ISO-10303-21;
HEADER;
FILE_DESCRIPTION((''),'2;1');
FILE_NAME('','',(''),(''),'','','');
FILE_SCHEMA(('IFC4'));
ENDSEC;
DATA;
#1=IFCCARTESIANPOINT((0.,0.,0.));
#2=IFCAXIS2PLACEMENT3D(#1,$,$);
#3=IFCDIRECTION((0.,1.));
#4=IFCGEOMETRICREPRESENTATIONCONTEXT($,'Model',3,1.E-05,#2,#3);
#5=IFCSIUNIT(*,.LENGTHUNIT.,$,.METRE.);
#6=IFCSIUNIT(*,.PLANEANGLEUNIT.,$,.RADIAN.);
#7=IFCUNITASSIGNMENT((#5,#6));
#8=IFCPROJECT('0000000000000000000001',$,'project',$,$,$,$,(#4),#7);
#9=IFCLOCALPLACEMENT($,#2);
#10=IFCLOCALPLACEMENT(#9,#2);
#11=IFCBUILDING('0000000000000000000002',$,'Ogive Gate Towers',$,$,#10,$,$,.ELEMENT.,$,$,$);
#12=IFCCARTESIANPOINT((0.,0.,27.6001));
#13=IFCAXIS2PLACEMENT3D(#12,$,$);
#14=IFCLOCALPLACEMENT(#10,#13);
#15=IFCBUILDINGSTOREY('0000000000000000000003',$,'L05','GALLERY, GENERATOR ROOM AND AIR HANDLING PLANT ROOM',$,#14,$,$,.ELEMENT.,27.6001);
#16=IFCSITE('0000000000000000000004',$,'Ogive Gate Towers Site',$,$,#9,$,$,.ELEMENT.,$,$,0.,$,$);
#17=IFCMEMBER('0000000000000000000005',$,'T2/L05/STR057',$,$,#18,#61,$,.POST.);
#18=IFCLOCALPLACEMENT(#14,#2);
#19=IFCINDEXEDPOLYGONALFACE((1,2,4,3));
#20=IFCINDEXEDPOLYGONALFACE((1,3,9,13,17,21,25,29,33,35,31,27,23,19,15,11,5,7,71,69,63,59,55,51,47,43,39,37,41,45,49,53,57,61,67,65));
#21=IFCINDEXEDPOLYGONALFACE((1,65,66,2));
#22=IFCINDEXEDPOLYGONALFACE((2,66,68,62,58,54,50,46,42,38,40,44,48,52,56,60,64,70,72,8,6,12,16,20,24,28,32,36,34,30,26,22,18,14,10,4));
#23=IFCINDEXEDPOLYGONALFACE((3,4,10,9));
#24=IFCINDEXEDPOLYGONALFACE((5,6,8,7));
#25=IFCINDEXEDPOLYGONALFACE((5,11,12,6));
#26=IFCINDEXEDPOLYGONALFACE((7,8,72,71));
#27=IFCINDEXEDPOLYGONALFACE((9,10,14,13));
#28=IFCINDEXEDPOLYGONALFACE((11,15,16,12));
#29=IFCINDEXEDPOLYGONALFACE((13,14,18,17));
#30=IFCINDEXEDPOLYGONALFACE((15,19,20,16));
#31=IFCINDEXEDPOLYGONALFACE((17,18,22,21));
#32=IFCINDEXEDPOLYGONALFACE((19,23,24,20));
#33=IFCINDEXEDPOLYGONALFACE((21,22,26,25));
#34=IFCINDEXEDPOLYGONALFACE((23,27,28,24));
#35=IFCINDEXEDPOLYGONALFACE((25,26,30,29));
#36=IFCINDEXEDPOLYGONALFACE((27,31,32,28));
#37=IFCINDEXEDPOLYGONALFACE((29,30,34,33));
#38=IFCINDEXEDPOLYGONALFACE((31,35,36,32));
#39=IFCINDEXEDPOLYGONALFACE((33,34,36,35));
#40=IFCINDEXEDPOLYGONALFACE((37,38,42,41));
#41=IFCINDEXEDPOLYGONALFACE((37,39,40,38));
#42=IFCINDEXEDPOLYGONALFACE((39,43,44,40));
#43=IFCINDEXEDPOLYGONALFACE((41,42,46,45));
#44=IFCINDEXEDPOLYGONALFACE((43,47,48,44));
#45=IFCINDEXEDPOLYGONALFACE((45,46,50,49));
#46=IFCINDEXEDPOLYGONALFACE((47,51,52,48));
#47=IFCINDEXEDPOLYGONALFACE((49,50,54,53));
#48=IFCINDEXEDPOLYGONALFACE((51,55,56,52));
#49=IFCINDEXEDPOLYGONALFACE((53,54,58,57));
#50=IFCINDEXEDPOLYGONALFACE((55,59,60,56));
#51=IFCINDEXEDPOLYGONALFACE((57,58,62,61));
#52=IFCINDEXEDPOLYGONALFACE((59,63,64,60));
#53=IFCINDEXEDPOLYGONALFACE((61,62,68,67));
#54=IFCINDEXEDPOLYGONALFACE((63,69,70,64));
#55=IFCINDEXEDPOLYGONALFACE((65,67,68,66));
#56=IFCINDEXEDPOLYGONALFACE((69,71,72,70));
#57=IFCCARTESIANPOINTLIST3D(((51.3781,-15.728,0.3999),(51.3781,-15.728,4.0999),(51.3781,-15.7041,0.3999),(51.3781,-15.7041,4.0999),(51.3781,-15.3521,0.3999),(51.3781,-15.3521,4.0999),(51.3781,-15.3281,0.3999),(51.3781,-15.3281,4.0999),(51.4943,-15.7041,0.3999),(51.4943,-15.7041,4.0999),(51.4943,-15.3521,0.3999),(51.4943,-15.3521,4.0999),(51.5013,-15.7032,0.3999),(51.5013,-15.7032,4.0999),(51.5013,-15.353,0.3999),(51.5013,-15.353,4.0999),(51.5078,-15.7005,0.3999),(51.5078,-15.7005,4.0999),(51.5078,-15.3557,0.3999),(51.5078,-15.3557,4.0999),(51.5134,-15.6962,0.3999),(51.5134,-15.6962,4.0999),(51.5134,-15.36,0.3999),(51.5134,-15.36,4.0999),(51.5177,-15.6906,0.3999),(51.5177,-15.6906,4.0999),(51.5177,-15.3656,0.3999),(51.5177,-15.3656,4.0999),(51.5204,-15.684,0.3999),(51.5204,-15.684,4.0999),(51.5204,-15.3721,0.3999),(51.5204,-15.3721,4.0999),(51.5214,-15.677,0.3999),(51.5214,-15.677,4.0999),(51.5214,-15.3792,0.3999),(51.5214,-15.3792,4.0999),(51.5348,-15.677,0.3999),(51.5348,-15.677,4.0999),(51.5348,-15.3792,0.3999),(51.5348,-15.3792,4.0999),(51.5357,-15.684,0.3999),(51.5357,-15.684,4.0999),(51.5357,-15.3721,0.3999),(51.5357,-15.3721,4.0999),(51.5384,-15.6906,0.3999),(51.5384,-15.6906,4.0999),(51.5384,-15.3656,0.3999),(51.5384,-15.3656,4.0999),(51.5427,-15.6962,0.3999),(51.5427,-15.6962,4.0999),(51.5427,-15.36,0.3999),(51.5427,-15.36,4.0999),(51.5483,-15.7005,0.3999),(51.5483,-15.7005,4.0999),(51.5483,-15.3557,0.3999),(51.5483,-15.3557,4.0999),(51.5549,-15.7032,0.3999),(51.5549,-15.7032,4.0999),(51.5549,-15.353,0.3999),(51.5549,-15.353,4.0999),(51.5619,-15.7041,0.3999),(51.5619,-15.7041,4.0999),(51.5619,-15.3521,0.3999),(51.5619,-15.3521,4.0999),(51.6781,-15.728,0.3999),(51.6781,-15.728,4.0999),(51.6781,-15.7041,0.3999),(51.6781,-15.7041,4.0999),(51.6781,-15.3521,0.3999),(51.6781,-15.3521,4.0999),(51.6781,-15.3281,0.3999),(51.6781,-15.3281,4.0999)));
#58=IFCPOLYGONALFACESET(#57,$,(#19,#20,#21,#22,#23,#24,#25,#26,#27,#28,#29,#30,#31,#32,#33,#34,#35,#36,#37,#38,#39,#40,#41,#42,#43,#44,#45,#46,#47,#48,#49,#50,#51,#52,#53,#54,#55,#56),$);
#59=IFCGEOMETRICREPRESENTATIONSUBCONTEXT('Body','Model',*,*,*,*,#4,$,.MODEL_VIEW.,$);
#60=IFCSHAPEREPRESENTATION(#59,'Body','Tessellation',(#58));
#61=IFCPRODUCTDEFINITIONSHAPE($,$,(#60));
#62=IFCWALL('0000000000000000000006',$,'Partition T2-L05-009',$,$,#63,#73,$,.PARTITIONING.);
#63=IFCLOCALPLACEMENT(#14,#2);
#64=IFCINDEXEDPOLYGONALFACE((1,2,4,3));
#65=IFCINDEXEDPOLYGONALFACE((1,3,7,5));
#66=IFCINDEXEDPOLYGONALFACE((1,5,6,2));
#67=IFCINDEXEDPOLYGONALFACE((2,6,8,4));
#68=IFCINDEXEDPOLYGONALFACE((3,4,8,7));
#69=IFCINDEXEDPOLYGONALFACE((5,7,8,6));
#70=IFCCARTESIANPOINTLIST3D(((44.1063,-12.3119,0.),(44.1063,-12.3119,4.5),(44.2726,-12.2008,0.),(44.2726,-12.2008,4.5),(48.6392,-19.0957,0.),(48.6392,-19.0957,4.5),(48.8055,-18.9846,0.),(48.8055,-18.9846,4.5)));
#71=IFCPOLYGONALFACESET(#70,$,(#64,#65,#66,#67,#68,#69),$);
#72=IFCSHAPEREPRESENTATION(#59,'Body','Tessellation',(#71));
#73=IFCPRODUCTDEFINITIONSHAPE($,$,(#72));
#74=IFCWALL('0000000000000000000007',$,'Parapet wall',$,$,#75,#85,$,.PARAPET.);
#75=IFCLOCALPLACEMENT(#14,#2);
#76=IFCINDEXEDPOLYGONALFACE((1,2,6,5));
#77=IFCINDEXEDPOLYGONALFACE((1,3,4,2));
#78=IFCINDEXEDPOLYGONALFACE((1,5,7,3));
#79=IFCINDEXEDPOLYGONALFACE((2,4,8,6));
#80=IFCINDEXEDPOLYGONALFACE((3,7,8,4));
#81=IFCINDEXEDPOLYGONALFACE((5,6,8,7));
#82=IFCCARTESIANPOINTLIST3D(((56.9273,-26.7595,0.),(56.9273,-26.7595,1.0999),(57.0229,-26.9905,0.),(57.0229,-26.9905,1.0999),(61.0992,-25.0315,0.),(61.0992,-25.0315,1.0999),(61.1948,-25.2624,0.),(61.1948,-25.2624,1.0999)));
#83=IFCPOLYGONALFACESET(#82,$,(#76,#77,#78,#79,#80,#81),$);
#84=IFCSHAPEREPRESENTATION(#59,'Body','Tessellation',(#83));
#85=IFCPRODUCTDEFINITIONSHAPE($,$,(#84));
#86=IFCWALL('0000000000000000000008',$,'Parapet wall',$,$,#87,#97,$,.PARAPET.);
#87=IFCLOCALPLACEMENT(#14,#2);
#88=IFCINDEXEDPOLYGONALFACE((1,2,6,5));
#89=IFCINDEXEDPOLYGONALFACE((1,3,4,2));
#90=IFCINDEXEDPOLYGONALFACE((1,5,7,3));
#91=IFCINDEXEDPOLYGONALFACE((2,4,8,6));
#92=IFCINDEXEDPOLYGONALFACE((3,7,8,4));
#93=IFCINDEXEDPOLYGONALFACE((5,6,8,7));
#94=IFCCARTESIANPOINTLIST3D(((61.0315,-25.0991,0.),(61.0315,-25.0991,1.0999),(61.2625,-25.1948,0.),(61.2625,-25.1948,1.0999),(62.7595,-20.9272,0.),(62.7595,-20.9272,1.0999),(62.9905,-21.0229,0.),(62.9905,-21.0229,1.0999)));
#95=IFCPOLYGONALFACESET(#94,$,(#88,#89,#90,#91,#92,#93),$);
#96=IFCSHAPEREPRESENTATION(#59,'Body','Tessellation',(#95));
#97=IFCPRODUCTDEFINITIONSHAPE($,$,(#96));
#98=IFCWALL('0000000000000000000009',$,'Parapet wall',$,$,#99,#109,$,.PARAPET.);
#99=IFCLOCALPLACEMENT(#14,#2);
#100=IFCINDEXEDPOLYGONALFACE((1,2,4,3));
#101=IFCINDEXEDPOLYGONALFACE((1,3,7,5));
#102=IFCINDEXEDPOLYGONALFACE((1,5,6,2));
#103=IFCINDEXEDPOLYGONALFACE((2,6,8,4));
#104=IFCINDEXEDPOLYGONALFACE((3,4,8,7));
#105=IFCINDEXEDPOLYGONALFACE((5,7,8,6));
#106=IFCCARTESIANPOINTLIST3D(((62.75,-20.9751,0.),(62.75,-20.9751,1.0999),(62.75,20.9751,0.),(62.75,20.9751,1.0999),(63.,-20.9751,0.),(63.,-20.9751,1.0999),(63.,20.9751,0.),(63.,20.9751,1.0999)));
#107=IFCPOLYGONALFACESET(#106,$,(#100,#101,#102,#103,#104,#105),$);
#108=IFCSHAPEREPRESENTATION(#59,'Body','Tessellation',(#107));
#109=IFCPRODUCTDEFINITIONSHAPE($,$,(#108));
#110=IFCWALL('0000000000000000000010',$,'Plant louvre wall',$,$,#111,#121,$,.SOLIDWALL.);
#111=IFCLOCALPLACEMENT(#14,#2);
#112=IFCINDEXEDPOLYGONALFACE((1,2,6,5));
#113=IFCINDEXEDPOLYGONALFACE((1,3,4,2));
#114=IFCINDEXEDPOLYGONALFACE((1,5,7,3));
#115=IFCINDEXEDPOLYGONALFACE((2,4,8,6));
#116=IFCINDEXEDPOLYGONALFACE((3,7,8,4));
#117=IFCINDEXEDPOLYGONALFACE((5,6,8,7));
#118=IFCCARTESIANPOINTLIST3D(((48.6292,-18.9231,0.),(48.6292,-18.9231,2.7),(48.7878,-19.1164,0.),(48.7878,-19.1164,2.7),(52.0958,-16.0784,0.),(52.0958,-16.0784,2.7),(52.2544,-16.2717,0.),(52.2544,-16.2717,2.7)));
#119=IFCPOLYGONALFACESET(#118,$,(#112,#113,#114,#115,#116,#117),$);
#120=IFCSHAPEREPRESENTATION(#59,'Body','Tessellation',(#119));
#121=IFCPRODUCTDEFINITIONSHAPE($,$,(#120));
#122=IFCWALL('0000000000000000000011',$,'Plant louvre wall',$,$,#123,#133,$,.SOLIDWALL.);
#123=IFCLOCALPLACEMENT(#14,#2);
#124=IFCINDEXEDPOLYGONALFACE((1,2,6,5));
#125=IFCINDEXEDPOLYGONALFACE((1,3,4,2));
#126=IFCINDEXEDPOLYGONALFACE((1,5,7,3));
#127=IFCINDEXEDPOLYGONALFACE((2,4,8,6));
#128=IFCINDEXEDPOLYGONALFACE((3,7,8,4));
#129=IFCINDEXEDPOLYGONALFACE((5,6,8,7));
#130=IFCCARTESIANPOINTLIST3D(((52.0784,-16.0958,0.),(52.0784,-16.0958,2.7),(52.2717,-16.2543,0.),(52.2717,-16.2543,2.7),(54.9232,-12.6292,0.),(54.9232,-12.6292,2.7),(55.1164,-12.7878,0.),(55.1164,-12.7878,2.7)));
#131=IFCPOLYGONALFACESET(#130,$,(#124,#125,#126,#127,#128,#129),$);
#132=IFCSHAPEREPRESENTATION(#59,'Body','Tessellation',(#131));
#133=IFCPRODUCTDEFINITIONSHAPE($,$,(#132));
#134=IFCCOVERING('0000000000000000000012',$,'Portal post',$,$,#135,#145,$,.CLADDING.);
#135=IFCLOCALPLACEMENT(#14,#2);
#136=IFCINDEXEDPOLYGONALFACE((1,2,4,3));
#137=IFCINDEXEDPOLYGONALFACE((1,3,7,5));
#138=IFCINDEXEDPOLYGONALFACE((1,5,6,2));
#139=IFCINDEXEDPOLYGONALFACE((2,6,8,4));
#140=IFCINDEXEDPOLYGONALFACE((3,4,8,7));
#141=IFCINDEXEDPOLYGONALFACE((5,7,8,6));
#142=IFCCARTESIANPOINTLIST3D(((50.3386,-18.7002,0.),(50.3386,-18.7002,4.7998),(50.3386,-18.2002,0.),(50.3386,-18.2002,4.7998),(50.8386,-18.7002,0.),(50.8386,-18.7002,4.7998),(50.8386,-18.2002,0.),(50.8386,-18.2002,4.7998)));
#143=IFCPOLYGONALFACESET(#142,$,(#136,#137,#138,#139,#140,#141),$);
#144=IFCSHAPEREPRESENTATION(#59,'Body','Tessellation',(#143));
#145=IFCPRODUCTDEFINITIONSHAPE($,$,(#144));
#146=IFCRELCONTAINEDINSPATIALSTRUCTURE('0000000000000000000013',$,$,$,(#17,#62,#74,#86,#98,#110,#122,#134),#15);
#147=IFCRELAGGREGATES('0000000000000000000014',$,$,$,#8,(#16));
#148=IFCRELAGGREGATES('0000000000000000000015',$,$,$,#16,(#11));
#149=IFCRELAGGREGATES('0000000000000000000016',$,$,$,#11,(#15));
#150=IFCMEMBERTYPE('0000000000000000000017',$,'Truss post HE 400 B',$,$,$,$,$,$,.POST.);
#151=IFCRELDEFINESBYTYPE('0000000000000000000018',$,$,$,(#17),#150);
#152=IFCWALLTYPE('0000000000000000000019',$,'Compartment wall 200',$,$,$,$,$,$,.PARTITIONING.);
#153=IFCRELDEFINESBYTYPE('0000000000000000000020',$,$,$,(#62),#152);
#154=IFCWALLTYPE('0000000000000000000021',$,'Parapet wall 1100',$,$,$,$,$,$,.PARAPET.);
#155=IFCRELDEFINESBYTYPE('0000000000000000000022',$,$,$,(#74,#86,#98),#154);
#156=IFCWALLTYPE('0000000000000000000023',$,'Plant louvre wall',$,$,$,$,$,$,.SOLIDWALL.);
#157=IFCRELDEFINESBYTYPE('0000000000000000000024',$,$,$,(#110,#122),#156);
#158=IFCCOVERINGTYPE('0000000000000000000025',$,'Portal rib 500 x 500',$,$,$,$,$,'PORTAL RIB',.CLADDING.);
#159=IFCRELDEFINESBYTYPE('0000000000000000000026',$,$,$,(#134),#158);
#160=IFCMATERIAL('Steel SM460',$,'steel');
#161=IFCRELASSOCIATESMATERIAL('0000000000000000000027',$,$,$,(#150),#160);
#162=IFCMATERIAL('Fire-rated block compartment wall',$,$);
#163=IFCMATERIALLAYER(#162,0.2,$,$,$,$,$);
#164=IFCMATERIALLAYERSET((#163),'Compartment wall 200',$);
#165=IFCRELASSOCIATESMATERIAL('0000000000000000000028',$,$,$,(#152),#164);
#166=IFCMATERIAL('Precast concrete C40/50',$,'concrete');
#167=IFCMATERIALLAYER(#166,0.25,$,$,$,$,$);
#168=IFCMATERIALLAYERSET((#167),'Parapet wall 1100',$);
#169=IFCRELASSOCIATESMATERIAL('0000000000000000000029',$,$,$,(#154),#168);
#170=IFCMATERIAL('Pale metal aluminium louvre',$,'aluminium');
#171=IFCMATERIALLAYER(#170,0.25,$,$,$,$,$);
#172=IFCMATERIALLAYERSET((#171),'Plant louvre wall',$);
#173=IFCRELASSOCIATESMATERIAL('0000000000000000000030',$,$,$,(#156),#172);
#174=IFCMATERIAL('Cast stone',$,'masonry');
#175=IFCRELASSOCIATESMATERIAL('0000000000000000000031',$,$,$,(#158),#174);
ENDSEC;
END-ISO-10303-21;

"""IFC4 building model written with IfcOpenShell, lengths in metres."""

from ifc_helpers import new_model, si_unit, direction, frame, frame_2d, origin, origin_2d, place, context, subcontext, project, spatial, rectangle, i_section, extrude, material, layer, layer_set, material_profile, profile_set, type_object, element, save


model = new_model("IFC4")

# Units and contexts
model_context = context("Model", 3, precision=1e-05, world=origin(), true_north=direction((0.0, 1.0)))
body_context = subcontext(model_context, "Body", "Model", "MODEL_VIEW")
ifc_project = project(units=[si_unit("LENGTHUNIT", "METRE"), si_unit("PLANEANGLEUNIT", "RADIAN")], contexts=[model_context])

# Site, building, storey
site_placement = place(None, origin())
site = spatial("IfcSite", under=ifc_project, at=site_placement, Name="Ogive Gate Towers Site", CompositionType="ELEMENT", RefElevation=0.0)
building_placement = place(site_placement, origin())
building = spatial("IfcBuilding", under=site, at=building_placement, Name="Ogive Gate Towers", CompositionType="ELEMENT")
storey_placement = place(building_placement, frame((0.0, 0.0, 27.6001)))
storey = spatial("IfcBuildingStorey", under=building, at=storey_placement, Name="L05", Description="GALLERY, GENERATOR ROOM AND AIR HANDLING PLANT ROOM", CompositionType="ELEMENT", Elevation=27.6001)

# Shared definitions
ifc_material_1 = material(Name="Steel SM460", Category="steel")

# Member
ifc_material_profile_1 = material_profile(ifc_material_1, i_section(OverallWidth=0.3, OverallDepth=0.3999, WebThickness=0.0134, FlangeThickness=0.0239, FilletRadius=0.0271, at=origin_2d()), Name="HE 400 B")
ifc_profile_set_1 = profile_set([ifc_material_profile_1], Name="Steel SM460")
member_type_1 = type_object("IfcMemberType", Name="Truss post HE 400 B", PredefinedType="POST", material=ifc_profile_set_1)
for number, where, z_axis, x_axis, name in (
    (1, (51.5281, -15.5281, 0.3999), (0.0, 0.0, 1.0), (1.0, 0.0, 0.0), "T2/L05/STR057"),
):
    element("IfcMember", number, at=place(storey_placement, frame(where, z_axis=z_axis, x_axis=x_axis)), inside=storey, type_object=member_type_1, Name=name, PredefinedType="POST", context=body_context, shape_type="SweptSolid", body=[
        extrude(i_section(OverallWidth=0.3, OverallDepth=0.3999, WebThickness=0.0134, FlangeThickness=0.0239, FilletRadius=0.0271, at=origin_2d()), origin(), (0.0, 0.0, 1.0), 3.7),
    ])

# Walls
ifc_material_2 = material(Name="Fire-rated block compartment wall")
ifc_layer_1 = layer(ifc_material_2, 0.2)
ifc_layer_set_1 = layer_set([ifc_layer_1], Name="Compartment wall 200")
wall_type_1 = type_object("IfcWallType", Name="Compartment wall 200", PredefinedType="PARTITIONING", material=ifc_layer_set_1)
wall_1_placement = place(storey_placement, frame((48.7224, -19.0403, 0.0), z_axis=(0.0, 0.0, 1.0), x_axis=(-0.555577, 0.831465, 0.0)))
element("IfcWall", 2, at=wall_1_placement, inside=storey, type_object=wall_type_1, Name="Partition T2-L05-009", PredefinedType="PARTITIONING", context=body_context, shape_type="SweptSolid", body=[
    extrude(rectangle(XDim=8.1589, YDim=0.2, at=frame_2d((4.0796, 0.0))), origin(), (0.0, 0.0, 1.0), 4.5),
])
ifc_material_3 = material(Name="Precast concrete C40/50", Category="concrete")
ifc_layer_2 = layer(ifc_material_3, 0.25)
ifc_layer_set_2 = layer_set([ifc_layer_2], Name="Parapet wall 1100")
wall_type_2 = type_object("IfcWallType", Name="Parapet wall 1100", PredefinedType="PARAPET", material=ifc_layer_set_2)
for number, where, z_axis, x_axis, name in (
    (3, (56.9751, -26.875, 0.0), (0.0, 0.0, 1.0), (0.923881, 0.38268, 0.0), "Parapet wall"),
    (4, (61.147, -25.147, 0.0), (0.0, 0.0, 1.0), (0.38268, 0.923881, 0.0), "Parapet wall"),
):
    element("IfcWall", number, at=place(storey_placement, frame(where, z_axis=z_axis, x_axis=x_axis)), inside=storey, type_object=wall_type_2, Name=name, PredefinedType="PARAPET", context=body_context, shape_type="SweptSolid", body=[
        extrude(rectangle(XDim=4.5156, YDim=0.25, at=frame_2d((2.2578, 0.0))), origin(), (0.0, 0.0, 1.0), 1.0999),
    ])
wall_2_placement = place(storey_placement, frame((62.875, -20.9751, 0.0), z_axis=(0.0, 0.0, 1.0), x_axis=(0.0, 1.0, 0.0)))
element("IfcWall", 5, at=wall_2_placement, inside=storey, type_object=wall_type_2, Name="Parapet wall", PredefinedType="PARAPET", context=body_context, shape_type="SweptSolid", body=[
    extrude(rectangle(XDim=41.9502, YDim=0.25, at=frame_2d((20.9751, 0.0))), origin(), (0.0, 0.0, 1.0), 1.0999),
])
ifc_material_4 = material(Name="Pale metal aluminium louvre", Category="aluminium")
ifc_layer_3 = layer(ifc_material_4, 0.25)
ifc_layer_set_3 = layer_set([ifc_layer_3], Name="Plant louvre wall")
wall_type_3 = type_object("IfcWallType", Name="Plant louvre wall", PredefinedType="SOLIDWALL", material=ifc_layer_set_3)
for number, where, z_axis, x_axis, name in (
    (6, (48.7085, -19.0198, 0.0), (0.0, 0.0, 1.0), (0.773032, 0.634367, 0.0), "Plant louvre wall"),
    (7, (52.175, -16.175, 0.0), (0.0, 0.0, 1.0), (0.634367, 0.773032, 0.0), "Plant louvre wall"),
):
    element("IfcWall", number, at=place(storey_placement, frame(where, z_axis=z_axis, x_axis=x_axis)), inside=storey, type_object=wall_type_3, Name=name, PredefinedType="SOLIDWALL", context=body_context, shape_type="SweptSolid", body=[
        extrude(rectangle(XDim=4.4844, YDim=0.25, at=frame_2d((2.2422, 0.0))), origin(), (0.0, 0.0, 1.0), 2.7),
    ])

# Covering
ifc_material_5 = material(Name="Cast stone", Category="masonry")
ifc_material_profile_2 = material_profile(ifc_material_5, rectangle(XDim=0.5, YDim=0.5, at=origin_2d()), Name="500 x 500 cast stone")
ifc_profile_set_2 = profile_set([ifc_material_profile_2], Name="Cast stone")
covering_type = type_object("IfcCoveringType", Name="Portal rib 500 x 500", ElementType="PORTAL RIB", PredefinedType="CLADDING", material=ifc_profile_set_2)
covering_placement = place(storey_placement, frame((50.5886, -18.4502, 0.0), z_axis=(0.0, 0.0, 1.0), x_axis=(1.0, 0.0, 0.0)))
element("IfcCovering", 8, at=covering_placement, inside=storey, type_object=covering_type, Name="Portal post", PredefinedType="CLADDING", context=body_context, shape_type="SweptSolid", body=[
    extrude(rectangle(XDim=0.5, YDim=0.5, at=origin_2d()), origin(), (0.0, 0.0, 1.0), 4.7998),
])

save(model, "model.ifc")
